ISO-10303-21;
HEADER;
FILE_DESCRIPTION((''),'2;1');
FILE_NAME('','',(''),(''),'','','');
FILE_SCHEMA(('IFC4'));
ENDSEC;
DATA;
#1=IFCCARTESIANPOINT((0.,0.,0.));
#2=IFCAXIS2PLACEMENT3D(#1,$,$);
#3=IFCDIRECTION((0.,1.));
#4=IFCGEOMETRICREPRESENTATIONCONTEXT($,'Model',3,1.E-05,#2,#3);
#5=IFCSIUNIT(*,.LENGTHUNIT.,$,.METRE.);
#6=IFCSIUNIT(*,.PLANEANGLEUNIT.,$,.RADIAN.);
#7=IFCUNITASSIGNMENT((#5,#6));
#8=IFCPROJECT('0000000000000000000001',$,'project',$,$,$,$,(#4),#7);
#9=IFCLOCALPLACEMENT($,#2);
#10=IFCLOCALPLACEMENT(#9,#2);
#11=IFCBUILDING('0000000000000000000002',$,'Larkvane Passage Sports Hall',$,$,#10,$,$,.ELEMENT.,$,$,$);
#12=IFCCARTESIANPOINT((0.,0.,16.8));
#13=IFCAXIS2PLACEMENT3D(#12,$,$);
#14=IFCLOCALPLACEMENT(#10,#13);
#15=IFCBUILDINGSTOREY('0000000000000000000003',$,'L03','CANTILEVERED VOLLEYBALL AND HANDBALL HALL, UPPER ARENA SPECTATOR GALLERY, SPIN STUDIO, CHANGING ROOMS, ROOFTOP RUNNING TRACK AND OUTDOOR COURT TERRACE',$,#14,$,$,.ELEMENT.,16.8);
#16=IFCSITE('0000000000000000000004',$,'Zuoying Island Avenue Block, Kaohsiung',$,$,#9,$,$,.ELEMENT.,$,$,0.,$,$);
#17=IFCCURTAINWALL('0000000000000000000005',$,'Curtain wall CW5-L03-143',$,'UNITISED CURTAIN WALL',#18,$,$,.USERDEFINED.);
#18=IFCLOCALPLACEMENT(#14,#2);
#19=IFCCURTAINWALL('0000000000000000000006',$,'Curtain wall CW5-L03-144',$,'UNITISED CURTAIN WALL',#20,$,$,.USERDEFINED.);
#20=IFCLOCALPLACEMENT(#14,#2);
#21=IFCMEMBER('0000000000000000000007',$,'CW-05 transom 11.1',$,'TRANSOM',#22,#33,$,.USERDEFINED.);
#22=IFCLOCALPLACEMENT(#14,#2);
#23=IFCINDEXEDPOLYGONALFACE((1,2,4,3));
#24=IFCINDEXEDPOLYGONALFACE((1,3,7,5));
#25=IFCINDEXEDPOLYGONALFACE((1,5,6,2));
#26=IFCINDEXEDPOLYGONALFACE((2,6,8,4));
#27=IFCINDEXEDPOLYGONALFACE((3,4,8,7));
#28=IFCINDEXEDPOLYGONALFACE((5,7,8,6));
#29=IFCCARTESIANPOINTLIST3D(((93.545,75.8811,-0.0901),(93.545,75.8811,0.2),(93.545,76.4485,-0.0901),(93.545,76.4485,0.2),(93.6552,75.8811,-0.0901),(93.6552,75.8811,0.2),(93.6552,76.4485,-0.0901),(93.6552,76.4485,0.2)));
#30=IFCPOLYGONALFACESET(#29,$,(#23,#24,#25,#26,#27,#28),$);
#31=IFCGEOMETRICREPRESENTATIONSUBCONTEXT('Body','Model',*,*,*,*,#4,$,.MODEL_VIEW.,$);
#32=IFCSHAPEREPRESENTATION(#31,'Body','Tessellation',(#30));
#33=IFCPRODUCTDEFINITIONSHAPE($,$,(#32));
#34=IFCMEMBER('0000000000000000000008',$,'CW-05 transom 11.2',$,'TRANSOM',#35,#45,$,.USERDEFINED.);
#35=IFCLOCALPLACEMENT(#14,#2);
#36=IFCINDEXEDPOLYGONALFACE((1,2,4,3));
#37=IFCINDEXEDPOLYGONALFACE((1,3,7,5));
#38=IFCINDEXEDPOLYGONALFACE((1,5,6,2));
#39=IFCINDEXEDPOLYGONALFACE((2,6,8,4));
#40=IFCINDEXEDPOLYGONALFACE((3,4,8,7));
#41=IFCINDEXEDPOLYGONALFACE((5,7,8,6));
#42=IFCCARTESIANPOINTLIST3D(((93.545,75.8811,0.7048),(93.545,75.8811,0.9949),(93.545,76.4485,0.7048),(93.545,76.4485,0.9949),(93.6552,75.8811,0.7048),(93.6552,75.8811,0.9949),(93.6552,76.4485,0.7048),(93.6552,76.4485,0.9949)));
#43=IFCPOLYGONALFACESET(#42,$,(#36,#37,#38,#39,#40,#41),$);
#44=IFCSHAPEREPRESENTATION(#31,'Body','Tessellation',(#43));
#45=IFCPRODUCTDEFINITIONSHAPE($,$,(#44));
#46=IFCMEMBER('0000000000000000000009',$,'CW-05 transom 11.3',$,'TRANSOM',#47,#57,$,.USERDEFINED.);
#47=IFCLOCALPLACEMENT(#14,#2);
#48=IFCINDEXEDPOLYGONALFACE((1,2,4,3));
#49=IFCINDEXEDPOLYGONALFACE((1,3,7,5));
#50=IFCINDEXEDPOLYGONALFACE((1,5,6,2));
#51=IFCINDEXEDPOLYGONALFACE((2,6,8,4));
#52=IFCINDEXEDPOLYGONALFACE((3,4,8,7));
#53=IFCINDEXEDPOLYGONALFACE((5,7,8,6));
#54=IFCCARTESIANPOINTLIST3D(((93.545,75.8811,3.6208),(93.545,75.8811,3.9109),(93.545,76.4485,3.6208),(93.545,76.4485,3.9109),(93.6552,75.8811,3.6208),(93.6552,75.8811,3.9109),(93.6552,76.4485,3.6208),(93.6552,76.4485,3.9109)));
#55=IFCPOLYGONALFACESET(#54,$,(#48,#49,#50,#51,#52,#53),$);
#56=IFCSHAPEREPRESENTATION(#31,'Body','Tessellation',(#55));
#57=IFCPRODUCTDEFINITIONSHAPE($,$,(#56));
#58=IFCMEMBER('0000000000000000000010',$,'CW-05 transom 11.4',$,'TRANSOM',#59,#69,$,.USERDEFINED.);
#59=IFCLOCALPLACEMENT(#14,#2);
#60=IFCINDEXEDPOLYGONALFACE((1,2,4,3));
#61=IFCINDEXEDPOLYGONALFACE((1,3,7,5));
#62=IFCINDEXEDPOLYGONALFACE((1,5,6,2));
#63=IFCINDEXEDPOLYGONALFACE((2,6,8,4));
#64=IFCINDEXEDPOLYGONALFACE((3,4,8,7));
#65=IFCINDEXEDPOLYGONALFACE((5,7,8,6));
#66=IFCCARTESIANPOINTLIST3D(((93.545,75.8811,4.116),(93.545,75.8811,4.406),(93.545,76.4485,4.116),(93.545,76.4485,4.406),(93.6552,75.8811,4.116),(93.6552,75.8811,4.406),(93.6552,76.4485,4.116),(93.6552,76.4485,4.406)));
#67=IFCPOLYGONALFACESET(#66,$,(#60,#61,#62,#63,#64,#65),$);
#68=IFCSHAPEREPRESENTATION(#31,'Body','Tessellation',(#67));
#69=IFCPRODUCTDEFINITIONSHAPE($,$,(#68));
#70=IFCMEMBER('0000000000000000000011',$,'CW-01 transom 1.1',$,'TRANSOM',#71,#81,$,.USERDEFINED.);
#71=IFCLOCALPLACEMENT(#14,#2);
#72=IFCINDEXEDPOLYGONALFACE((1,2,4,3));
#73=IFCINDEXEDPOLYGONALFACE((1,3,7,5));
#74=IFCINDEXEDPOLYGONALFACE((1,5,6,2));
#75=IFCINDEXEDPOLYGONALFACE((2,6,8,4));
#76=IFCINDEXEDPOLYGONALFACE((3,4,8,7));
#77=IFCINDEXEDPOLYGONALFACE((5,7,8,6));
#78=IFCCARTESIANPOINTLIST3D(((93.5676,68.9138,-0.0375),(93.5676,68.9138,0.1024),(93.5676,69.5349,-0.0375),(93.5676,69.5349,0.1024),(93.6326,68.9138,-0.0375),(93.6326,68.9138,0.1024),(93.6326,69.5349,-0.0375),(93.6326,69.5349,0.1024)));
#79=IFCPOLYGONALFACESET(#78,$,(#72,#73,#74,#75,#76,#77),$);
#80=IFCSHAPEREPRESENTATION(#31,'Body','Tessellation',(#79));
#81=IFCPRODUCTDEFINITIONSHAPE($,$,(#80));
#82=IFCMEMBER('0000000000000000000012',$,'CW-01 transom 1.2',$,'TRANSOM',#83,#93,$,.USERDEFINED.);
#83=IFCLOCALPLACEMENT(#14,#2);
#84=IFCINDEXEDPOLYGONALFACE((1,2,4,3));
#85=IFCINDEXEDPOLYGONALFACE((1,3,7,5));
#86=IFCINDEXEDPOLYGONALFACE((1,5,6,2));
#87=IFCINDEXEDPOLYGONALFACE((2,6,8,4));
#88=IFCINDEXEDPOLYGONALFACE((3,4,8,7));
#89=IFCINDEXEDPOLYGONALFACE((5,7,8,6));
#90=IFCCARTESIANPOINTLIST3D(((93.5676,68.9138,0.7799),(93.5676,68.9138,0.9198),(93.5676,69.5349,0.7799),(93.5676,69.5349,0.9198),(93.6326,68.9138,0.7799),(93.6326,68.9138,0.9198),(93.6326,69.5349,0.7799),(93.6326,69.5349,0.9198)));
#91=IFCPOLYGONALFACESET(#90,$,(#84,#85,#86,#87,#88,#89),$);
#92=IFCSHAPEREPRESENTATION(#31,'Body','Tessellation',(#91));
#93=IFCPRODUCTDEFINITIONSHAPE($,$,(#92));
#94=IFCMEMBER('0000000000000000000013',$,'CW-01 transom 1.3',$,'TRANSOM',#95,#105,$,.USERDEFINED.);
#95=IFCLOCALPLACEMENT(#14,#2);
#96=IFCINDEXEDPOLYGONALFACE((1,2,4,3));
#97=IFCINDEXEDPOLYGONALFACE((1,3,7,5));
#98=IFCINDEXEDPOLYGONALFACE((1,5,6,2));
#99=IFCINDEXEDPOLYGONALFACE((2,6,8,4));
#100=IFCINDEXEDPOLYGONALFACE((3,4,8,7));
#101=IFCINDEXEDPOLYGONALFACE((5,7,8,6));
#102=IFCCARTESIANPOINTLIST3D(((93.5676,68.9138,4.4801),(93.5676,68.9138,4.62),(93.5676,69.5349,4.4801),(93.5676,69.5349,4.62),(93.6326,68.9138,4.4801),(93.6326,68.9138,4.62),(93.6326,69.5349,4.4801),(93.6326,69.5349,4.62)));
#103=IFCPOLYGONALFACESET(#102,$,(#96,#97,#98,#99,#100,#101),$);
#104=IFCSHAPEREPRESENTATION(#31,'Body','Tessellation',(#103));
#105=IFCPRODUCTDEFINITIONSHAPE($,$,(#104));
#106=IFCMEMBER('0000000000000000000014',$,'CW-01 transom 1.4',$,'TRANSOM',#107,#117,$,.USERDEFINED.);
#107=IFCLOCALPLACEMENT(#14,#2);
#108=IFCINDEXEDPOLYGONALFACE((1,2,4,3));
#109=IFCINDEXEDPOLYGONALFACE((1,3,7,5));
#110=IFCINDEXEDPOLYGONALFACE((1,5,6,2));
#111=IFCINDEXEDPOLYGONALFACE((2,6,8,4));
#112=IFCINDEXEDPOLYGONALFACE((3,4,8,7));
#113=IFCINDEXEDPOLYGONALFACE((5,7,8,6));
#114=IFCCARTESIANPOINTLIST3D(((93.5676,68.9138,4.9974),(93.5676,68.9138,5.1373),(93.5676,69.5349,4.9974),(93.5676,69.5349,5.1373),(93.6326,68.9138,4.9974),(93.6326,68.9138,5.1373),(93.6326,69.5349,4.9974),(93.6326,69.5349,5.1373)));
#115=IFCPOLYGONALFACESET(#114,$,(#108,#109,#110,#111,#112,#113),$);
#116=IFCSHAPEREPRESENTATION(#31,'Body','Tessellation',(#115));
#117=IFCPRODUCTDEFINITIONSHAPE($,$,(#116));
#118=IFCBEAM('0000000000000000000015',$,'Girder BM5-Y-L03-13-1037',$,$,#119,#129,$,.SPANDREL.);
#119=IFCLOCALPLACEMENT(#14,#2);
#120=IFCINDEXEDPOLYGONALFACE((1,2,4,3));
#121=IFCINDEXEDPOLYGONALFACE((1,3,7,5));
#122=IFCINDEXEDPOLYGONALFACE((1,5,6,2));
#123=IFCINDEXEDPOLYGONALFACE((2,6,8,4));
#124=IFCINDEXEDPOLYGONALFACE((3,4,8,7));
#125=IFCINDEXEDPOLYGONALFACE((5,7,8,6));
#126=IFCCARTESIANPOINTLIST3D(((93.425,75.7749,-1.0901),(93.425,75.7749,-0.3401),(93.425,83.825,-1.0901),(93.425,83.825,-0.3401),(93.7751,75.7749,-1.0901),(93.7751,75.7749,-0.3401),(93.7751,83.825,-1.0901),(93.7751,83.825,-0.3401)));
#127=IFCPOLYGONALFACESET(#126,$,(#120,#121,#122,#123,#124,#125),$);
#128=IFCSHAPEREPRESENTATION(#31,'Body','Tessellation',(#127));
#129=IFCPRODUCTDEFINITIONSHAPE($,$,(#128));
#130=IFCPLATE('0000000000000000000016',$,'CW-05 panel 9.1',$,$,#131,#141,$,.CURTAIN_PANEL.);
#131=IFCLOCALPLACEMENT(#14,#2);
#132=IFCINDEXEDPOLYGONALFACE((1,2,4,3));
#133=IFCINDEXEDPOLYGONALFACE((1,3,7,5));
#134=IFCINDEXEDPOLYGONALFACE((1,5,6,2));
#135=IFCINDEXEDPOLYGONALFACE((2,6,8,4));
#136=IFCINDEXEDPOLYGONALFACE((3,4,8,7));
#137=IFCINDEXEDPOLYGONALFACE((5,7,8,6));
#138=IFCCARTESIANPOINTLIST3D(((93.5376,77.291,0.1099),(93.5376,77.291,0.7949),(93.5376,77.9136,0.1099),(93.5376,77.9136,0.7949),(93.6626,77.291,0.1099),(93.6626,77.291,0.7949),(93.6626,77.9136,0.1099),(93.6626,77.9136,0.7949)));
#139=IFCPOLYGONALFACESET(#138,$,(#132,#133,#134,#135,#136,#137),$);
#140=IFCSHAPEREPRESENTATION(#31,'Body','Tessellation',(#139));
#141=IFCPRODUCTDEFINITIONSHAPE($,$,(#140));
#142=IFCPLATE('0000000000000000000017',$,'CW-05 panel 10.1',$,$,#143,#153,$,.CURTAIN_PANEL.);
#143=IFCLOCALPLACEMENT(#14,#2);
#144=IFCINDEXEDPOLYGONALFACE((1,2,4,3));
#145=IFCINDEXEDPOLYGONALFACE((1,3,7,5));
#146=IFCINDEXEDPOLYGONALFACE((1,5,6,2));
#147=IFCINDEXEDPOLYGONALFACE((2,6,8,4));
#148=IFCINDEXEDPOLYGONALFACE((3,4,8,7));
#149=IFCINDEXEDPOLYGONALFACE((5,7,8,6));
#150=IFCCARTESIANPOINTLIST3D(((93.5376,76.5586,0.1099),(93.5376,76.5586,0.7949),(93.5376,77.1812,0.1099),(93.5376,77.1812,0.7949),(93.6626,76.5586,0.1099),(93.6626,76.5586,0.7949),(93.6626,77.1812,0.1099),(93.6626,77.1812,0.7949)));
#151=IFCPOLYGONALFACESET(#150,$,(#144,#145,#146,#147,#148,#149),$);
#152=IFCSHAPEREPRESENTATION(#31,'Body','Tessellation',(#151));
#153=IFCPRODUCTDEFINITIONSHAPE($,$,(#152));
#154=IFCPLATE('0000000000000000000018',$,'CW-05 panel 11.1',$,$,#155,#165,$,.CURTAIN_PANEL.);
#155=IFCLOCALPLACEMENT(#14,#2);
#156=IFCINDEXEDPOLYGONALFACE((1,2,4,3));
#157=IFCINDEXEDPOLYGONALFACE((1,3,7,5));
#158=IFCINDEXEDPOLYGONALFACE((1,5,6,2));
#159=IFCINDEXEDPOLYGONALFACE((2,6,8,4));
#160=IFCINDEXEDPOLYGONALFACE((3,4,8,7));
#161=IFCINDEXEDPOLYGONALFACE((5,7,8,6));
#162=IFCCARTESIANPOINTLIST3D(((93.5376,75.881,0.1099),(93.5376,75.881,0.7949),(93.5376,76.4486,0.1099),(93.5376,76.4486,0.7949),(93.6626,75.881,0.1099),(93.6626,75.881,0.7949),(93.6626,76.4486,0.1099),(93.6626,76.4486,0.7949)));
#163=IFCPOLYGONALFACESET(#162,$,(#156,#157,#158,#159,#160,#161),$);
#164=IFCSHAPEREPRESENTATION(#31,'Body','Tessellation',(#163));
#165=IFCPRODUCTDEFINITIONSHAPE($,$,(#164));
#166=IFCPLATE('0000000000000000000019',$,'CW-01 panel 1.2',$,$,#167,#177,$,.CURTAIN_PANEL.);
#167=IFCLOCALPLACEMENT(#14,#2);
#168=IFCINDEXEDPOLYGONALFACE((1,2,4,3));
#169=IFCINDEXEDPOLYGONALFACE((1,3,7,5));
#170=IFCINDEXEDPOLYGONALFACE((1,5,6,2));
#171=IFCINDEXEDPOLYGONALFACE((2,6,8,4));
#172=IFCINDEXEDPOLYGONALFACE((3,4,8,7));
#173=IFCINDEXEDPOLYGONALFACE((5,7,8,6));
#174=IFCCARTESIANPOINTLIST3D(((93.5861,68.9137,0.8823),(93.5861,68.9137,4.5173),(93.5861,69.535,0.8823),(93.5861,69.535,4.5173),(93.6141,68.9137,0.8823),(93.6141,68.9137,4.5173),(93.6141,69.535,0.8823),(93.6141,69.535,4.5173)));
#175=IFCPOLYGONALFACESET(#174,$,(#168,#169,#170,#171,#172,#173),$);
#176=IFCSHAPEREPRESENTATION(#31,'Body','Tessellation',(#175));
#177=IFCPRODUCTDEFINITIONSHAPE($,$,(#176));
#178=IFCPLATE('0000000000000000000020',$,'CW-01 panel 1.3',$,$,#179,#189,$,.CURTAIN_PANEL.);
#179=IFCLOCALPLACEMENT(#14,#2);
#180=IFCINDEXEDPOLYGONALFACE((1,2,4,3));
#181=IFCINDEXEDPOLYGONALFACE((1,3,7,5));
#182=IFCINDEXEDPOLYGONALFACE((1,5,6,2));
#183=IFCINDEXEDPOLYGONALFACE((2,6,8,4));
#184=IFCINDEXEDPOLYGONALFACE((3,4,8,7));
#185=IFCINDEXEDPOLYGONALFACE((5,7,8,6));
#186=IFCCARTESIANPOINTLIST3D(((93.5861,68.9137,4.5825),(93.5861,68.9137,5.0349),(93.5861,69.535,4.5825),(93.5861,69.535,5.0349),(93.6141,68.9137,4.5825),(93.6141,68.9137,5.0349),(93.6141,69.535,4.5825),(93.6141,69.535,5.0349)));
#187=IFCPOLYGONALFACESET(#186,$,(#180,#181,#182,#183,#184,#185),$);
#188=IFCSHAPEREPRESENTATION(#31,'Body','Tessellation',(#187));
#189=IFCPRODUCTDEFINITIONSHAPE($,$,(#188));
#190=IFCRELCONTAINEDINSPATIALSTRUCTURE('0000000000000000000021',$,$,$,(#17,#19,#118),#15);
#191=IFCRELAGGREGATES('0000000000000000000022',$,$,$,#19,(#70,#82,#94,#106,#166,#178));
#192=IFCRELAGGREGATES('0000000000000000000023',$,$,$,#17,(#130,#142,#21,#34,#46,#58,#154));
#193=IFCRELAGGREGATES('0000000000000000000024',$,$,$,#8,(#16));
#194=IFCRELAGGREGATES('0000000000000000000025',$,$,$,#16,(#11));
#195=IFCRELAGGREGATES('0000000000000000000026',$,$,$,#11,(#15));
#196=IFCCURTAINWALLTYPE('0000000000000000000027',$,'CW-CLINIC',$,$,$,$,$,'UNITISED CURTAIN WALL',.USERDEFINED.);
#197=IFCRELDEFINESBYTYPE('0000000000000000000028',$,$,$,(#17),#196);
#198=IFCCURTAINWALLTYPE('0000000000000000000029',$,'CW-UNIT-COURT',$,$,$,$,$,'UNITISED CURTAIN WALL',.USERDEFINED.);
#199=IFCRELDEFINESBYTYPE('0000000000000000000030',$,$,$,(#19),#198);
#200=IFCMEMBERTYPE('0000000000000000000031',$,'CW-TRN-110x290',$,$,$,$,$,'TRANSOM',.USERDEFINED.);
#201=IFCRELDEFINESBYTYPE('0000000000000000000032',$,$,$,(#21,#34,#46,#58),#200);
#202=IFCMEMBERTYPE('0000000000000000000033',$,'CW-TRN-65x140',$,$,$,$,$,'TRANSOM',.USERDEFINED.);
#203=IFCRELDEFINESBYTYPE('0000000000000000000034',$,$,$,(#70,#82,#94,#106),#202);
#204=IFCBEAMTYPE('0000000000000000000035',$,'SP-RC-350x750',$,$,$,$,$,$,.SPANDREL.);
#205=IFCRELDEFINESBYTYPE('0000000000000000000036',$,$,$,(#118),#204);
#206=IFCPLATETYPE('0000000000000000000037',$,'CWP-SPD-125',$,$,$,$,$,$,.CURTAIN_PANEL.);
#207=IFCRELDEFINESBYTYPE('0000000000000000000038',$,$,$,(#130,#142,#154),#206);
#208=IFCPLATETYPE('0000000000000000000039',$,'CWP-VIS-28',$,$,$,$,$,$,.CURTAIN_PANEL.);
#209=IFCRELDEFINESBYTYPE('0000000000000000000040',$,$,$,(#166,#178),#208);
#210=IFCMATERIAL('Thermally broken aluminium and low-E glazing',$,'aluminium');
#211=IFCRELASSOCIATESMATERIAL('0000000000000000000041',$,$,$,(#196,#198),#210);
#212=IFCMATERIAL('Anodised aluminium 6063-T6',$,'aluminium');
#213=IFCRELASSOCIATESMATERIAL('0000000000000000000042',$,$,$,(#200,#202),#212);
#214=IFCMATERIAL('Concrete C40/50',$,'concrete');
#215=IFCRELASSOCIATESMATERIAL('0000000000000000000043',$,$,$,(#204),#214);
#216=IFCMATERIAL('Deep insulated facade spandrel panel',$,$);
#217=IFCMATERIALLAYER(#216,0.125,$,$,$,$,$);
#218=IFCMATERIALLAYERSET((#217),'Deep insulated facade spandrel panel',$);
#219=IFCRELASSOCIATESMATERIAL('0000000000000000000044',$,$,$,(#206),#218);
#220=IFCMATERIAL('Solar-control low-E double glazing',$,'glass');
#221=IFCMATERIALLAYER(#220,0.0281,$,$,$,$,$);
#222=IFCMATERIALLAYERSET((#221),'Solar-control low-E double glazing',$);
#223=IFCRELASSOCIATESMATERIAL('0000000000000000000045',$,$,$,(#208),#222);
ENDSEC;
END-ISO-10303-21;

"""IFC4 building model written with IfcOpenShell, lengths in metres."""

from ifc_helpers import new_model, si_unit, direction, frame, origin, origin_2d, place, context, subcontext, project, spatial, rectangle, extrude, material, layer, layer_set, material_profile, profile_set, type_object, element, aggregate, save


model = new_model("IFC4")

# Units and contexts
model_context = context("Model", 3, precision=1e-05, world=origin(), true_north=direction((0.0, 1.0)))
body_context = subcontext(model_context, "Body", "Model", "MODEL_VIEW")
ifc_project = project(units=[si_unit("LENGTHUNIT", "METRE"), si_unit("PLANEANGLEUNIT", "RADIAN")], contexts=[model_context])

# Site, building, storey
site_placement = place(None, origin())
site = spatial("IfcSite", under=ifc_project, at=site_placement, Name="Zuoying Island Avenue Block, Kaohsiung", CompositionType="ELEMENT", RefElevation=0.0)
building_placement = place(site_placement, origin())
building = spatial("IfcBuilding", under=site, at=building_placement, Name="Larkvane Passage Sports Hall", CompositionType="ELEMENT")
storey_placement = place(building_placement, frame((0.0, 0.0, 16.8)))
storey = spatial("IfcBuildingStorey", under=building, at=storey_placement, Name="L03", Description="CANTILEVERED VOLLEYBALL AND HANDBALL HALL, UPPER ARENA SPECTATOR GALLERY, SPIN STUDIO, CHANGING ROOMS, ROOFTOP RUNNING TRACK AND OUTDOOR COURT TERRACE", CompositionType="ELEMENT", Elevation=16.8)

# Curtain wall
ifc_material_1 = material(Name="Thermally broken aluminium and low-E glazing", Category="aluminium")
curtain_wall_type_1 = type_object("IfcCurtainWallType", Name="CW-CLINIC", ElementType="UNITISED CURTAIN WALL", PredefinedType="USERDEFINED", material=ifc_material_1)
curtain_wall_1_placement = place(storey_placement, origin())
curtain_wall_1 = element("IfcCurtainWall", 1, at=curtain_wall_1_placement, inside=storey, type_object=curtain_wall_type_1, Name="Curtain wall CW5-L03-143", ObjectType="UNITISED CURTAIN WALL", PredefinedType="USERDEFINED")
ifc_material_2 = material(Name="Anodised aluminium 6063-T6", Category="aluminium")

# Curtain wall
curtain_wall_type_2 = type_object("IfcCurtainWallType", Name="CW-UNIT-COURT", ElementType="UNITISED CURTAIN WALL", PredefinedType="USERDEFINED", material=ifc_material_1)
curtain_wall_2_placement = place(storey_placement, origin())
curtain_wall_2 = element("IfcCurtainWall", 2, at=curtain_wall_2_placement, inside=storey, type_object=curtain_wall_type_2, Name="Curtain wall CW5-L03-144", ObjectType="UNITISED CURTAIN WALL", PredefinedType="USERDEFINED")

# Members
ifc_material_profile_1 = material_profile(ifc_material_2, rectangle(XDim=0.1101, YDim=0.29, at=origin_2d()), Name="ALU-TRN-110x290")
ifc_profile_set_1 = profile_set([ifc_material_profile_1], Name="Anodised aluminium 6063-T6")
member_type_1 = type_object("IfcMemberType", Name="CW-TRN-110x290", ElementType="TRANSOM", PredefinedType="USERDEFINED", material=ifc_profile_set_1)
member_1_placement = place(storey_placement, frame((93.6001, 76.4485, 0.0549), z_axis=(0.0, -1.0, 0.0), x_axis=(1.0, 0.0, 0.0)))
member_1 = element("IfcMember", 3, at=member_1_placement, type_object=member_type_1, Name="CW-05 transom 11.1", ObjectType="TRANSOM", PredefinedType="USERDEFINED", context=body_context, shape_type="SweptSolid", body=[
    extrude(rectangle(XDim=0.1101, YDim=0.29, at=origin_2d()), origin(), (0.0, 0.0, 1.0), 0.5674),
])
member_2_placement = place(storey_placement, frame((93.6001, 76.4485, 0.8499), z_axis=(0.0, -1.0, 0.0), x_axis=(1.0, 0.0, 0.0)))
member_2 = element("IfcMember", 4, at=member_2_placement, type_object=member_type_1, Name="CW-05 transom 11.2", ObjectType="TRANSOM", PredefinedType="USERDEFINED", context=body_context, shape_type="SweptSolid", body=[
    extrude(rectangle(XDim=0.1101, YDim=0.29, at=origin_2d()), origin(), (0.0, 0.0, 1.0), 0.5674),
])
member_3_placement = place(storey_placement, frame((93.6001, 76.4485, 3.7659), z_axis=(0.0, -1.0, 0.0), x_axis=(1.0, 0.0, 0.0)))
member_3 = element("IfcMember", 5, at=member_3_placement, type_object=member_type_1, Name="CW-05 transom 11.3", ObjectType="TRANSOM", PredefinedType="USERDEFINED", context=body_context, shape_type="SweptSolid", body=[
    extrude(rectangle(XDim=0.1101, YDim=0.29, at=origin_2d()), origin(), (0.0, 0.0, 1.0), 0.5674),
])
member_4_placement = place(storey_placement, frame((93.6001, 76.4485, 4.261), z_axis=(0.0, -1.0, 0.0), x_axis=(1.0, 0.0, 0.0)))
member_4 = element("IfcMember", 6, at=member_4_placement, type_object=member_type_1, Name="CW-05 transom 11.4", ObjectType="TRANSOM", PredefinedType="USERDEFINED", context=body_context, shape_type="SweptSolid", body=[
    extrude(rectangle(XDim=0.1101, YDim=0.29, at=origin_2d()), origin(), (0.0, 0.0, 1.0), 0.5674),
])
ifc_material_profile_2 = material_profile(ifc_material_2, rectangle(XDim=0.0649, YDim=0.1399, at=origin_2d()), Name="ALU-TRN-65x140")
ifc_profile_set_2 = profile_set([ifc_material_profile_2], Name="Anodised aluminium 6063-T6")
member_type_2 = type_object("IfcMemberType", Name="CW-TRN-65x140", ElementType="TRANSOM", PredefinedType="USERDEFINED", material=ifc_profile_set_2)
member_5_placement = place(storey_placement, frame((93.6001, 69.5349, 0.0325), z_axis=(0.0, -1.0, 0.0), x_axis=(1.0, 0.0, 0.0)))
member_5 = element("IfcMember", 7, at=member_5_placement, type_object=member_type_2, Name="CW-01 transom 1.1", ObjectType="TRANSOM", PredefinedType="USERDEFINED", context=body_context, shape_type="SweptSolid", body=[
    extrude(rectangle(XDim=0.0649, YDim=0.1399, at=origin_2d()), origin(), (0.0, 0.0, 1.0), 0.6211),
])
member_6_placement = place(storey_placement, frame((93.6001, 69.5349, 0.8499), z_axis=(0.0, -1.0, 0.0), x_axis=(1.0, 0.0, 0.0)))
member_6 = element("IfcMember", 8, at=member_6_placement, type_object=member_type_2, Name="CW-01 transom 1.2", ObjectType="TRANSOM", PredefinedType="USERDEFINED", context=body_context, shape_type="SweptSolid", body=[
    extrude(rectangle(XDim=0.0649, YDim=0.1399, at=origin_2d()), origin(), (0.0, 0.0, 1.0), 0.6211),
])
member_7_placement = place(storey_placement, frame((93.6001, 69.5349, 4.55), z_axis=(0.0, -1.0, 0.0), x_axis=(1.0, 0.0, 0.0)))
member_7 = element("IfcMember", 9, at=member_7_placement, type_object=member_type_2, Name="CW-01 transom 1.3", ObjectType="TRANSOM", PredefinedType="USERDEFINED", context=body_context, shape_type="SweptSolid", body=[
    extrude(rectangle(XDim=0.0649, YDim=0.1399, at=origin_2d()), origin(), (0.0, 0.0, 1.0), 0.6211),
])
member_8_placement = place(storey_placement, frame((93.6001, 69.5349, 5.0674), z_axis=(0.0, -1.0, 0.0), x_axis=(1.0, 0.0, 0.0)))
member_8 = element("IfcMember", 10, at=member_8_placement, type_object=member_type_2, Name="CW-01 transom 1.4", ObjectType="TRANSOM", PredefinedType="USERDEFINED", context=body_context, shape_type="SweptSolid", body=[
    extrude(rectangle(XDim=0.0649, YDim=0.1399, at=origin_2d()), origin(), (0.0, 0.0, 1.0), 0.6211),
])

# Beam
ifc_material_3 = material(Name="Concrete C40/50", Category="concrete")
ifc_material_profile_3 = material_profile(ifc_material_3, rectangle(XDim=0.3501, YDim=0.75, at=origin_2d()), Name="RC-SP-350x750")
ifc_profile_set_3 = profile_set([ifc_material_profile_3], Name="Concrete C40/50")
beam_type = type_object("IfcBeamType", Name="SP-RC-350x750", PredefinedType="SPANDREL", material=ifc_profile_set_3)
beam_placement = place(storey_placement, frame((93.6001, 75.7749, -0.7151), z_axis=(0.0, 1.0, 0.0), x_axis=(-1.0, 0.0, 0.0)))
element("IfcBeam", 11, at=beam_placement, inside=storey, type_object=beam_type, Name="Girder BM5-Y-L03-13-1037", PredefinedType="SPANDREL", context=body_context, shape_type="SweptSolid", body=[
    extrude(rectangle(XDim=0.3501, YDim=0.75, at=origin_2d()), origin(), (0.0, 0.0, 1.0), 8.05),
])

# Plates
ifc_material_4 = material(Name="Deep insulated facade spandrel panel")
ifc_layer_1 = layer(ifc_material_4, 0.125)
ifc_layer_set_1 = layer_set([ifc_layer_1], Name="Deep insulated facade spandrel panel")
plate_type_1 = type_object("IfcPlateType", Name="CWP-SPD-125", PredefinedType="CURTAIN_PANEL", material=ifc_layer_set_1)
plate_1_placement = place(storey_placement, frame((93.6001, 77.6023, 0.1099), z_axis=(0.0, 0.0, 1.0), x_axis=(0.0, -1.0, 0.0)))
plate_1 = element("IfcPlate", 12, at=plate_1_placement, type_object=plate_type_1, Name="CW-05 panel 9.1", PredefinedType="CURTAIN_PANEL", context=body_context, shape_type="SweptSolid", body=[
    extrude(rectangle(XDim=0.6226, YDim=0.125, at=origin_2d()), origin(), (0.0, 0.0, 1.0), 0.6851),
])
plate_2_placement = place(storey_placement, frame((93.6001, 76.8699, 0.1099), z_axis=(0.0, 0.0, 1.0), x_axis=(0.0, -1.0, 0.0)))
plate_2 = element("IfcPlate", 13, at=plate_2_placement, type_object=plate_type_1, Name="CW-05 panel 10.1", PredefinedType="CURTAIN_PANEL", context=body_context, shape_type="SweptSolid", body=[
    extrude(rectangle(XDim=0.6226, YDim=0.125, at=origin_2d()), origin(), (0.0, 0.0, 1.0), 0.6851),
])
plate_3_placement = place(storey_placement, frame((93.6001, 76.1648, 0.1099), z_axis=(0.0, 0.0, 1.0), x_axis=(0.0, -1.0, 0.0)))
plate_3 = element("IfcPlate", 14, at=plate_3_placement, type_object=plate_type_1, Name="CW-05 panel 11.1", PredefinedType="CURTAIN_PANEL", context=body_context, shape_type="SweptSolid", body=[
    extrude(rectangle(XDim=0.5676, YDim=0.125, at=origin_2d()), origin(), (0.0, 0.0, 1.0), 0.6851),
])
ifc_material_5 = material(Name="Solar-control low-E double glazing", Category="glass")
ifc_layer_2 = layer(ifc_material_5, 0.0281)
ifc_layer_set_2 = layer_set([ifc_layer_2], Name="Solar-control low-E double glazing")
plate_type_2 = type_object("IfcPlateType", Name="CWP-VIS-28", PredefinedType="CURTAIN_PANEL", material=ifc_layer_set_2)
plate_4_placement = place(storey_placement, frame((93.6001, 69.2244, 0.8823), z_axis=(0.0, 0.0, 1.0), x_axis=(0.0, -1.0, 0.0)))
plate_4 = element("IfcPlate", 15, at=plate_4_placement, type_object=plate_type_2, Name="CW-01 panel 1.2", PredefinedType="CURTAIN_PANEL", context=body_context, shape_type="SweptSolid", body=[
    extrude(rectangle(XDim=0.6213, YDim=0.0281, at=origin_2d()), origin(), (0.0, 0.0, 1.0), 3.635),
])
plate_5_placement = place(storey_placement, frame((93.6001, 69.2244, 4.5825), z_axis=(0.0, 0.0, 1.0), x_axis=(0.0, -1.0, 0.0)))
plate_5 = element("IfcPlate", 16, at=plate_5_placement, type_object=plate_type_2, Name="CW-01 panel 1.3", PredefinedType="CURTAIN_PANEL", context=body_context, shape_type="SweptSolid", body=[
    extrude(rectangle(XDim=0.6213, YDim=0.0281, at=origin_2d()), origin(), (0.0, 0.0, 1.0), 0.4524),
])
aggregate(curtain_wall_2, [member_5, member_6, member_7, member_8, plate_4, plate_5])
aggregate(curtain_wall_1, [plate_1, plate_2, member_1, member_2, member_3, member_4, plate_3])

save(model, "model.ifc")
